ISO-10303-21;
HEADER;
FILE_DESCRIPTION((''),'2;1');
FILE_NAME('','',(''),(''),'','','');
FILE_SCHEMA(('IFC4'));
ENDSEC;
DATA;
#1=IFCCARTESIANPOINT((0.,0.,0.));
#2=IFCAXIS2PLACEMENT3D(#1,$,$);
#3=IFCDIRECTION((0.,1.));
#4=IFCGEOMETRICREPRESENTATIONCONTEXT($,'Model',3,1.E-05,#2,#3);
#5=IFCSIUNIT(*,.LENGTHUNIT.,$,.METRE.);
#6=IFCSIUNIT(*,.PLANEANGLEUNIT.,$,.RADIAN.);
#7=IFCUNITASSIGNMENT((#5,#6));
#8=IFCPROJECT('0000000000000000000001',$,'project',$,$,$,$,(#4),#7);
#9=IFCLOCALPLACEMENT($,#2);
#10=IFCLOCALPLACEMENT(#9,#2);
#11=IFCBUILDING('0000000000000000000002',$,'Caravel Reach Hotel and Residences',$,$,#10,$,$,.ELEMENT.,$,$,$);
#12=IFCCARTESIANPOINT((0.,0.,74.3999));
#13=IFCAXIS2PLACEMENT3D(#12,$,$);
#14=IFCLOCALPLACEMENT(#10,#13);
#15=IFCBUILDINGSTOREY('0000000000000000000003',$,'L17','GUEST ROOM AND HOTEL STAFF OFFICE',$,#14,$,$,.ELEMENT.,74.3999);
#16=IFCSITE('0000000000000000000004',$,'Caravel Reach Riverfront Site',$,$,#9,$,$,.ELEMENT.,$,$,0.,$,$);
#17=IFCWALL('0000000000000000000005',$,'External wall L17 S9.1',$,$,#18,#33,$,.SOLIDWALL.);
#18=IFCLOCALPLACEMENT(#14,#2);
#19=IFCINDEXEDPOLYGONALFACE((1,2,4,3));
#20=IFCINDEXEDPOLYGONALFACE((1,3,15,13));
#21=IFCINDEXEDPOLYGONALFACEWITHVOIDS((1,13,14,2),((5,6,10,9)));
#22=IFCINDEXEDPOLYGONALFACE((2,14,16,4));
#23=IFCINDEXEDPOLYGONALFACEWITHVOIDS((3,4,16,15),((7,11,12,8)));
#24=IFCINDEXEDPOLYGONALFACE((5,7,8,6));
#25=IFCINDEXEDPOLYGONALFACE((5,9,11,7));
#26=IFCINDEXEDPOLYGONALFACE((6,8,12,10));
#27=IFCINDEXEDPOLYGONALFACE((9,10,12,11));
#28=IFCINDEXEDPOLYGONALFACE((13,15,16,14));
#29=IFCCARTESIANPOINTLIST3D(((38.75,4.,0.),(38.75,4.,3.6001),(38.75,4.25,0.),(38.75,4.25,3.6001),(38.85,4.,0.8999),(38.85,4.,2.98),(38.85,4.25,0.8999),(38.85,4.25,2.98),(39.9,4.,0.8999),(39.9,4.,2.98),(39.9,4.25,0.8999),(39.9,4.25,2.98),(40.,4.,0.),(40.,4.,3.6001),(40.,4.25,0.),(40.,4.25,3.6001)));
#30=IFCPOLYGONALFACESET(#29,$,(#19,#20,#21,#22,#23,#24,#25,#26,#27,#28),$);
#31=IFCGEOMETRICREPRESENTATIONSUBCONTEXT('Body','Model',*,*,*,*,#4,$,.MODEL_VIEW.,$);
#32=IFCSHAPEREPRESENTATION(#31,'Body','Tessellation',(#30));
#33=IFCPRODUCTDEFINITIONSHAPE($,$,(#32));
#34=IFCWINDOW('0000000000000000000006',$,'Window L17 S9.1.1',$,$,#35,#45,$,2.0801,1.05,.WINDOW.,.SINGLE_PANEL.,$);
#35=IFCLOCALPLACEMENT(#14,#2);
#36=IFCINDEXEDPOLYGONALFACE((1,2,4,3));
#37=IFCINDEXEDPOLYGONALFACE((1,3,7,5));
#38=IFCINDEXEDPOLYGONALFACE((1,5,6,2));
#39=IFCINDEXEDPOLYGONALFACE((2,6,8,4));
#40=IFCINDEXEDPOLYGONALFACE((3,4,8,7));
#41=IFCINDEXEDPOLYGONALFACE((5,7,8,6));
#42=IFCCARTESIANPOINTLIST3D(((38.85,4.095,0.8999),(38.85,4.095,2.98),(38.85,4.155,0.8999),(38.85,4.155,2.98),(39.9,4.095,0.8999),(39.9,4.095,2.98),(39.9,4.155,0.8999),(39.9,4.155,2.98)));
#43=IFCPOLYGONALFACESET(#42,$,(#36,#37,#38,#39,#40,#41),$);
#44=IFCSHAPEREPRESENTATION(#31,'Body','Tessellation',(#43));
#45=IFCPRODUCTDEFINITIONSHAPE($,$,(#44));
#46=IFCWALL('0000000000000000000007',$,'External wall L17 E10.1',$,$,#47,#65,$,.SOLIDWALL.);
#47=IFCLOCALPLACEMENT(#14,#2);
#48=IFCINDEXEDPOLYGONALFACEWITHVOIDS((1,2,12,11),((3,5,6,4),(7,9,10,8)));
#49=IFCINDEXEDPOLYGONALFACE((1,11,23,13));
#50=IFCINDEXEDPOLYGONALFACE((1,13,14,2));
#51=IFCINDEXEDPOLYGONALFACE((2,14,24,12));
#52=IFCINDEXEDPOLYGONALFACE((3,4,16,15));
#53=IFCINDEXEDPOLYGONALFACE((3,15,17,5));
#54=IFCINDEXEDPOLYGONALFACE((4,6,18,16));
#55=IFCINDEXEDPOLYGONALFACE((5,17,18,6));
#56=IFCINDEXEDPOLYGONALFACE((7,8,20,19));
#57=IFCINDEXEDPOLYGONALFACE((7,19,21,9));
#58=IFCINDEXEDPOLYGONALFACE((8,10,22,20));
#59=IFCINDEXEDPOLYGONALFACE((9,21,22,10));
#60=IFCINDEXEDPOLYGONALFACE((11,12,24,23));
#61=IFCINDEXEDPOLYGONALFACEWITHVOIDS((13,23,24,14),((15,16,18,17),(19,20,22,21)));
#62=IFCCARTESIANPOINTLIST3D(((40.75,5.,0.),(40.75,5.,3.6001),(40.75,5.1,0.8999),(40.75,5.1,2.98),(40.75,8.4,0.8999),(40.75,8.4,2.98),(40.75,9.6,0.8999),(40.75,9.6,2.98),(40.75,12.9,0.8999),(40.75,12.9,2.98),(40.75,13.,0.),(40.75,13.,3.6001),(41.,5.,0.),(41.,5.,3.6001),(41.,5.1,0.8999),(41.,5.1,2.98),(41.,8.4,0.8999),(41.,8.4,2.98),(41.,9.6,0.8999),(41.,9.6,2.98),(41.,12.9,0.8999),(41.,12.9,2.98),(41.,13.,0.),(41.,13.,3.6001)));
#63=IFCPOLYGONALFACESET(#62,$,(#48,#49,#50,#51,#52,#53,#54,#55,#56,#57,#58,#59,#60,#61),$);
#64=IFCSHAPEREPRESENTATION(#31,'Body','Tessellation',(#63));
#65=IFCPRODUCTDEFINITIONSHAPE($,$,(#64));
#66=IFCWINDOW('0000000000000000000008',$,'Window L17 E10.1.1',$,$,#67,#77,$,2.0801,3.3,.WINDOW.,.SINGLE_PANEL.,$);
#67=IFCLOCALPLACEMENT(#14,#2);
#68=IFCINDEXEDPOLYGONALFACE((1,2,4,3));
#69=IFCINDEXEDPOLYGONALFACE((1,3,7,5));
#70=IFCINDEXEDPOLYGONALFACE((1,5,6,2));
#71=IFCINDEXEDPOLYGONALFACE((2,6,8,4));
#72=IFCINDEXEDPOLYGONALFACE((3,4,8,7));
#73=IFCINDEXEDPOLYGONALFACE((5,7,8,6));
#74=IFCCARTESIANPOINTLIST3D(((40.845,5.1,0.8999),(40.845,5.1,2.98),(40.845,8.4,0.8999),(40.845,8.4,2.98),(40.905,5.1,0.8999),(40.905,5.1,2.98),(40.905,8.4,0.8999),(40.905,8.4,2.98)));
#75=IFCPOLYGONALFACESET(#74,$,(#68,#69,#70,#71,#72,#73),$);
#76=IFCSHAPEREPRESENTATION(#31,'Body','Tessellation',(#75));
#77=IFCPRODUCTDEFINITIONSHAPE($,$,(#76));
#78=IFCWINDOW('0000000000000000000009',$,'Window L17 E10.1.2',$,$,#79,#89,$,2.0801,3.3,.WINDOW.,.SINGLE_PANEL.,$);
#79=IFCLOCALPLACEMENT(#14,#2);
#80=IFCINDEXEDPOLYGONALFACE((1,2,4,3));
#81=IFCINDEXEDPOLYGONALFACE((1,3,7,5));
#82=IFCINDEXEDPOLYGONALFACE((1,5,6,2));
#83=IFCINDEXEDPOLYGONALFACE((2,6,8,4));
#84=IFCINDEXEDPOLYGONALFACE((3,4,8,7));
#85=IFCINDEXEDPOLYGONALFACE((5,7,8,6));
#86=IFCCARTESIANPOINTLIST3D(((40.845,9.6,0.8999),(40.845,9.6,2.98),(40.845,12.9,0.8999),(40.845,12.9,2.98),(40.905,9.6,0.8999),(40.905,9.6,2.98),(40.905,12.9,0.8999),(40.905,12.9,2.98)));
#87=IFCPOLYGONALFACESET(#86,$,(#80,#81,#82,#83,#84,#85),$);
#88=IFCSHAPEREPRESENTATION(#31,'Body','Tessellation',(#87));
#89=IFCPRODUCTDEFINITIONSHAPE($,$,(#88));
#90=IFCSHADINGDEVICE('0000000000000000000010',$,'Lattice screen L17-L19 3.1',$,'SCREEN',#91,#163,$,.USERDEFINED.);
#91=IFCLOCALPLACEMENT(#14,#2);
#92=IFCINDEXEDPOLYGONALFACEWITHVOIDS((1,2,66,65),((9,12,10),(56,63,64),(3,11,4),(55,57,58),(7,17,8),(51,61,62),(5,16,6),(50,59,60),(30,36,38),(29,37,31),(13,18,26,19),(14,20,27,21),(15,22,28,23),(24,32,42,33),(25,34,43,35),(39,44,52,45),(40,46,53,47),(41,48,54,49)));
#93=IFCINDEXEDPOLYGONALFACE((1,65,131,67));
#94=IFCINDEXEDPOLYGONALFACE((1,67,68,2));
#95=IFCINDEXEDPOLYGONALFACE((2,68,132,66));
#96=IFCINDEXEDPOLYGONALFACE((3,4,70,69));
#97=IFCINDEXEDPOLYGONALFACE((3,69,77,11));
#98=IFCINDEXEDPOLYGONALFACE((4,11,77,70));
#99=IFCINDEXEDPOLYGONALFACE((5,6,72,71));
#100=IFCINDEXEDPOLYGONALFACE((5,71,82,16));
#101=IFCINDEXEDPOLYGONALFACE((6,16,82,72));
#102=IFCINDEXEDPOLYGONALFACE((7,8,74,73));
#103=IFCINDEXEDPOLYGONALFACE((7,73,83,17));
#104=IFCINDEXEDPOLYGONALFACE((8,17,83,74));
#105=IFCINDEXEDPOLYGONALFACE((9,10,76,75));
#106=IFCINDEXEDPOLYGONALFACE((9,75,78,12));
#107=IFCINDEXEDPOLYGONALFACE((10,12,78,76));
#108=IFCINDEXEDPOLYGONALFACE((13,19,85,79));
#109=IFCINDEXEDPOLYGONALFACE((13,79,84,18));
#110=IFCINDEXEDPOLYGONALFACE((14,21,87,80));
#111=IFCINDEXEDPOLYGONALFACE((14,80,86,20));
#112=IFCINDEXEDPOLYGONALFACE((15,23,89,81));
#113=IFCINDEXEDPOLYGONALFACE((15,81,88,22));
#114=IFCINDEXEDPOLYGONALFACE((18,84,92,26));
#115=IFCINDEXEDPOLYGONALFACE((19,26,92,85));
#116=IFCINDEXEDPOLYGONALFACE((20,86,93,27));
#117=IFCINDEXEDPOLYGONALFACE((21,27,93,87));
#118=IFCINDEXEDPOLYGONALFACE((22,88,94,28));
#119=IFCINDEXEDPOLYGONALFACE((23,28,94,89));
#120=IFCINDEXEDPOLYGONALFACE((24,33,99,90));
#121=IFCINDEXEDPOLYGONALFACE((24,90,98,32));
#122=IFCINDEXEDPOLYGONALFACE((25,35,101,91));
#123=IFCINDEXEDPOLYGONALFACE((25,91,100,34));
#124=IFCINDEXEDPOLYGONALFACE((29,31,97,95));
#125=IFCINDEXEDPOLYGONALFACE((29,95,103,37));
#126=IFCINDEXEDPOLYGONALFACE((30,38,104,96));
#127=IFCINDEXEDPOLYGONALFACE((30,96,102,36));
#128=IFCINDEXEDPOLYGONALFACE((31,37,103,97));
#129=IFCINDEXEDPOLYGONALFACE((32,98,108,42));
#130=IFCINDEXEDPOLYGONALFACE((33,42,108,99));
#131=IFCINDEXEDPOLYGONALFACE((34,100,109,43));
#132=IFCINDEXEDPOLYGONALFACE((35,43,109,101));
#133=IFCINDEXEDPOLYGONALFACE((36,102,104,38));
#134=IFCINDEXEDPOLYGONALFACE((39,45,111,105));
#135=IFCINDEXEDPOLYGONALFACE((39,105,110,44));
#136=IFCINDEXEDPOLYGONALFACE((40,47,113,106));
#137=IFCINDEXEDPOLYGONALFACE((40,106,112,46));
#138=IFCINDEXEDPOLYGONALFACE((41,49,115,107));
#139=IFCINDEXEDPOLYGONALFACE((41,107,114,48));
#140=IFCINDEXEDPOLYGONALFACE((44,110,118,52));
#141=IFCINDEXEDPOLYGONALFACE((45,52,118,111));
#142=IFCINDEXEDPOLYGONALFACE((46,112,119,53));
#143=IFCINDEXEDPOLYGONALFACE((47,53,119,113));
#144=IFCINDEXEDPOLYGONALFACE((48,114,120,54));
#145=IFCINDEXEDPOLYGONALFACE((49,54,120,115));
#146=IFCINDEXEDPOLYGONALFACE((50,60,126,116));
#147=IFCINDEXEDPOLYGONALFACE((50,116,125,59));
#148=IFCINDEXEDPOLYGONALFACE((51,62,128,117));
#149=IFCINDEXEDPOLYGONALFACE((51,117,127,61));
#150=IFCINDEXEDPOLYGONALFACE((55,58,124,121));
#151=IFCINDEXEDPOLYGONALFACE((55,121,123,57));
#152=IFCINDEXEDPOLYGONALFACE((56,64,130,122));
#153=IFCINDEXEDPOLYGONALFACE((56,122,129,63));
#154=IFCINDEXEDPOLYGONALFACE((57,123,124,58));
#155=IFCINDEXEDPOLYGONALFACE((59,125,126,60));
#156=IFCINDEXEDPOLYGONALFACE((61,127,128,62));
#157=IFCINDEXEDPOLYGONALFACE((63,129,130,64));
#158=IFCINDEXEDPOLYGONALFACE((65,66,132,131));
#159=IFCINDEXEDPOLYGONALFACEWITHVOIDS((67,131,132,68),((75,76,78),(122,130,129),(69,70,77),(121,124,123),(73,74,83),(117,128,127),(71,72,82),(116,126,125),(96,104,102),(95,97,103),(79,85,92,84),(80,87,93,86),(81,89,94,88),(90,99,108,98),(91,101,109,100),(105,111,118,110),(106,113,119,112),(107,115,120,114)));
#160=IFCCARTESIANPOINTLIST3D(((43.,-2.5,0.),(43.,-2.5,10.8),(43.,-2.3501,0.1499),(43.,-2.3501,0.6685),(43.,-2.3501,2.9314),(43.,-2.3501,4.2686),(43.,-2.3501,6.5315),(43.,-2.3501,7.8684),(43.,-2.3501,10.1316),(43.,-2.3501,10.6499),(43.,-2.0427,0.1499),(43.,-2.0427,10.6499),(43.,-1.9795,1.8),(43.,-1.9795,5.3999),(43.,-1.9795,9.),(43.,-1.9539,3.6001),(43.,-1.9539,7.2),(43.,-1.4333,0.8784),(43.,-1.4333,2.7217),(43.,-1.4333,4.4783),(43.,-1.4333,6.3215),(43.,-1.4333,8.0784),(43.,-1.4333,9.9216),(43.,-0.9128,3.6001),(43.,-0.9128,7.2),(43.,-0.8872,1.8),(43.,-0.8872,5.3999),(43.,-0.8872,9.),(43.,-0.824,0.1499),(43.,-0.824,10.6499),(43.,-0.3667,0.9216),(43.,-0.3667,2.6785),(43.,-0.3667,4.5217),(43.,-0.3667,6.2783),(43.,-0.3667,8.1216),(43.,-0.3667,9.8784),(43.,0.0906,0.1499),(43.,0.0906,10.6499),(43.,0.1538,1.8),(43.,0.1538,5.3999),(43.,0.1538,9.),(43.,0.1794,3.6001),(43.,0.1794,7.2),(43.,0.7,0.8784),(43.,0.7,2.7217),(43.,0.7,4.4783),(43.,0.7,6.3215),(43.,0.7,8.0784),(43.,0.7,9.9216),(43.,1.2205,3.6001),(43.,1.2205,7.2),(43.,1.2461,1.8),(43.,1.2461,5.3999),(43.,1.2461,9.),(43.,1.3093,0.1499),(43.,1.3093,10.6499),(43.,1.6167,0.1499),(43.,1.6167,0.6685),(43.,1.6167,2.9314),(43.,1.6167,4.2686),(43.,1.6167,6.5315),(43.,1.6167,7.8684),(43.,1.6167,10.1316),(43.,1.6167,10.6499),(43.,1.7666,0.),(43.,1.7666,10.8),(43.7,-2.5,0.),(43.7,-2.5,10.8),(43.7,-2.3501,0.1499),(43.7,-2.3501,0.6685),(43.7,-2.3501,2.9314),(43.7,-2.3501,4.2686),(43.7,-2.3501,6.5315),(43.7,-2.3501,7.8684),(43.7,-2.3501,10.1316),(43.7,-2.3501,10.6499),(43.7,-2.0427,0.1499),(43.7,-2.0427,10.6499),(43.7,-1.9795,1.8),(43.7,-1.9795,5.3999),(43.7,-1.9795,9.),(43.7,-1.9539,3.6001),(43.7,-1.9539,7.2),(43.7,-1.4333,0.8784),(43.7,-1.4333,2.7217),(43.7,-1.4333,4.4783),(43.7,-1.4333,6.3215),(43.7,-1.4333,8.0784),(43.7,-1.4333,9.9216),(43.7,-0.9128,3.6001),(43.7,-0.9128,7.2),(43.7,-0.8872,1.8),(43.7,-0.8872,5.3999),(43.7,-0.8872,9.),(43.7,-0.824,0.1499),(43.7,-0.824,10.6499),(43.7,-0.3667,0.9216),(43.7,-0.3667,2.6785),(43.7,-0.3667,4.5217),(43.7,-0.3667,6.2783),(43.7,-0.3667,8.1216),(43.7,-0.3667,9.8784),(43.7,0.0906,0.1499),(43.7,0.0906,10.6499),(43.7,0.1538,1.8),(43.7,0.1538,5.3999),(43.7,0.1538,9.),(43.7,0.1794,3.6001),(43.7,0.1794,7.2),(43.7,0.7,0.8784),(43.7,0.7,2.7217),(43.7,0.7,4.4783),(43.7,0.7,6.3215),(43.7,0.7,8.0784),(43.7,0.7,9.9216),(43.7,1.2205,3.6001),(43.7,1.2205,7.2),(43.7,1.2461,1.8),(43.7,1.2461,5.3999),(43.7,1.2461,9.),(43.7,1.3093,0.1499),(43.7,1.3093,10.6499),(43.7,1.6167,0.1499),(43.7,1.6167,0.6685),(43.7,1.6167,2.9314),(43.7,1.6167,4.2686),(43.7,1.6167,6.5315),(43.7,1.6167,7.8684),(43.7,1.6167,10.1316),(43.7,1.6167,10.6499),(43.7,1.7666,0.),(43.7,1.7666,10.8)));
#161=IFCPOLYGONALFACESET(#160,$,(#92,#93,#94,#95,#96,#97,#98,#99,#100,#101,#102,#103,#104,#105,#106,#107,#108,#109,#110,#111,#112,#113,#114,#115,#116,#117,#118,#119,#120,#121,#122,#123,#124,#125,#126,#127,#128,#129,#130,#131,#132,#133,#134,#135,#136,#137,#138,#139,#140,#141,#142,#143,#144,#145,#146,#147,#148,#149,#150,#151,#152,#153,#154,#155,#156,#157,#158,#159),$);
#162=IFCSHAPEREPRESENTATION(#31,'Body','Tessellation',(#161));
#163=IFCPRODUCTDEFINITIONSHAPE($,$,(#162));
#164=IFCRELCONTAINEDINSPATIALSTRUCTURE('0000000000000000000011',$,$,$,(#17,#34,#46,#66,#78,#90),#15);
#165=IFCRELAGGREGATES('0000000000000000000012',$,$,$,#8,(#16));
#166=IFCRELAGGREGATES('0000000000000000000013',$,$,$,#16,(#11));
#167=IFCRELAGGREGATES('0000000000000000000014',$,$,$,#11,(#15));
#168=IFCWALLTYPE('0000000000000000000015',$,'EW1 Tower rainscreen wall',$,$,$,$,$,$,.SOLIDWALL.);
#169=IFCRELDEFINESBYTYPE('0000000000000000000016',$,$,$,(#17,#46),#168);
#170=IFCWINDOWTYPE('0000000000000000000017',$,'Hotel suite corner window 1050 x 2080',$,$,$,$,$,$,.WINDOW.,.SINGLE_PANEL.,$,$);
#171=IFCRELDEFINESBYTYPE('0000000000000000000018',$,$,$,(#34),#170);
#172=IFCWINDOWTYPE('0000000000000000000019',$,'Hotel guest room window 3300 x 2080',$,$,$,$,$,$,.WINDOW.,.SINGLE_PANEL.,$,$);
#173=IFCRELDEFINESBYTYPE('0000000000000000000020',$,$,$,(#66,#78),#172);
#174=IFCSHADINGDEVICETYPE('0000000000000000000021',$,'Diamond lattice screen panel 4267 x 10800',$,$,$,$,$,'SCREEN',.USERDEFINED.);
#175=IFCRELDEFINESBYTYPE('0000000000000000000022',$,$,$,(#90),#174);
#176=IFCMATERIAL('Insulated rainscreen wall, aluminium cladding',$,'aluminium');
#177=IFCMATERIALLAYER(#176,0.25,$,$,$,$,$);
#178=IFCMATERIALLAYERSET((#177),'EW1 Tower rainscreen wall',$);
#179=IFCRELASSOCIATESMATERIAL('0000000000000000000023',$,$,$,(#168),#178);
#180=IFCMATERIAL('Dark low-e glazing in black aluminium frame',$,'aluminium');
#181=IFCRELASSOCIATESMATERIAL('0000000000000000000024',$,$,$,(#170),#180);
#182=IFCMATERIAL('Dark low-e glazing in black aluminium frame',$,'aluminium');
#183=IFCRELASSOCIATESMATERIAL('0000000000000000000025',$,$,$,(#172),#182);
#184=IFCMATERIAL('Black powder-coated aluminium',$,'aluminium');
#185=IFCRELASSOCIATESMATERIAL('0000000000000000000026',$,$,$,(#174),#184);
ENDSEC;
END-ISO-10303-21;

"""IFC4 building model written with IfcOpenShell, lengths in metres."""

from ifc_helpers import new_model, si_unit, direction, frame, frame_2d, origin, place, context, subcontext, project, spatial, polyline, rectangle, outline, extrude, material, layer, layer_set, type_object, element, fill, save


model = new_model("IFC4")

# Units and contexts
model_context = context("Model", 3, precision=1e-05, world=origin(), true_north=direction((0.0, 1.0)))
body_context = subcontext(model_context, "Body", "Model", "MODEL_VIEW")
ifc_project = project(units=[si_unit("LENGTHUNIT", "METRE"), si_unit("PLANEANGLEUNIT", "RADIAN")], contexts=[model_context])

# Site, building, storey
site_placement = place(None, origin())
site = spatial("IfcSite", under=ifc_project, at=site_placement, Name="Caravel Reach Riverfront Site", CompositionType="ELEMENT", RefElevation=0.0)
building_placement = place(site_placement, origin())
building = spatial("IfcBuilding", under=site, at=building_placement, Name="Caravel Reach Hotel and Residences", CompositionType="ELEMENT")
storey_placement = place(building_placement, frame((0.0, 0.0, 74.3999)))
storey = spatial("IfcBuildingStorey", under=building, at=storey_placement, Name="L17", Description="GUEST ROOM AND HOTEL STAFF OFFICE", CompositionType="ELEMENT", Elevation=74.3999)

# Wall, opening, window
ifc_material_1 = material(Name="Insulated rainscreen wall, aluminium cladding", Category="aluminium")
ifc_layer = layer(ifc_material_1, 0.25)
ifc_layer_set = layer_set([ifc_layer], Name="EW1 Tower rainscreen wall")
wall_type = type_object("IfcWallType", Name="EW1 Tower rainscreen wall", PredefinedType="SOLIDWALL", material=ifc_layer_set)
ifc_material_2 = material(Name="Dark low-e glazing in black aluminium frame", Category="aluminium")
window_type_1 = type_object("IfcWindowType", Name="Hotel suite corner window 1050 x 2080", PartitioningType="SINGLE_PANEL", PredefinedType="WINDOW", material=ifc_material_2)
wall_1_placement = place(storey_placement, frame((38.75, 4.125, 0.0), z_axis=(0.0, 0.0, 1.0), x_axis=(1.0, 0.0, 0.0)))
wall_1 = element("IfcWall", 1, at=wall_1_placement, inside=storey, type_object=wall_type, Name="External wall L17 S9.1", PredefinedType="SOLIDWALL", context=body_context, shape_type="SweptSolid", body=[
    extrude(rectangle(XDim=1.25, YDim=0.25, at=frame_2d((0.625, 0.0))), origin(), (0.0, 0.0, 1.0), 3.6001),
])
opening_1_placement = place(wall_1_placement, frame((0.1001, 0.0, 0.8999)))
opening_1 = element("IfcOpeningElement", 2, at=opening_1_placement, cuts=wall_1, PredefinedType="OPENING", context=body_context, shape_type="SweptSolid", body=[
    extrude(rectangle(XDim=1.05, YDim=2.0801, at=frame_2d((0.5249, 1.04))), frame((0.0, 0.135, 0.0), z_axis=(0.0, -1.0, 0.0), x_axis=(1.0, 0.0, 0.0)), (0.0, 0.0, 1.0), 0.27),
])
window_1_placement = place(opening_1_placement, origin())
window_1 = element("IfcWindow", 3, at=window_1_placement, inside=storey, type_object=window_type_1, Name="Window L17 S9.1.1", OverallHeight=2.0801, OverallWidth=1.05, PartitioningType="SINGLE_PANEL", PredefinedType="WINDOW", context=body_context, shape_type="SweptSolid", body=[
    extrude(rectangle(XDim=1.05, YDim=2.0801, at=frame_2d((0.5249, 1.04))), frame((0.0, 0.03, 0.0), z_axis=(0.0, -1.0, 0.0), x_axis=(1.0, 0.0, 0.0)), (0.0, 0.0, 1.0), 0.0601),
])
fill(opening_1, window_1)

# Wall, openings, windows
wall_2_placement = place(storey_placement, frame((40.875, 5.0, 0.0), z_axis=(0.0, 0.0, 1.0), x_axis=(0.0, 1.0, 0.0)))
wall_2 = element("IfcWall", 4, at=wall_2_placement, inside=storey, type_object=wall_type, Name="External wall L17 E10.1", PredefinedType="SOLIDWALL", context=body_context, shape_type="SweptSolid", body=[
    extrude(rectangle(XDim=8.0, YDim=0.25, at=frame_2d((4.0, 0.0))), origin(), (0.0, 0.0, 1.0), 3.6001),
])
opening_2_placement = place(wall_2_placement, frame((0.1001, 0.0, 0.8999)))
opening_2 = element("IfcOpeningElement", 5, at=opening_2_placement, cuts=wall_2, PredefinedType="OPENING", context=body_context, shape_type="SweptSolid", body=[
    extrude(rectangle(XDim=3.3, YDim=2.0801, at=frame_2d((1.6499, 1.04))), frame((0.0, 0.135, 0.0), z_axis=(0.0, -1.0, 0.0), x_axis=(1.0, 0.0, 0.0)), (0.0, 0.0, 1.0), 0.27),
])
opening_3_placement = place(wall_2_placement, frame((4.6001, 0.0, 0.8999)))
opening_3 = element("IfcOpeningElement", 6, at=opening_3_placement, cuts=wall_2, PredefinedType="OPENING", context=body_context, shape_type="SweptSolid", body=[
    extrude(rectangle(XDim=3.3, YDim=2.0801, at=frame_2d((1.6499, 1.04))), frame((0.0, 0.135, 0.0), z_axis=(0.0, -1.0, 0.0), x_axis=(1.0, 0.0, 0.0)), (0.0, 0.0, 1.0), 0.27),
])
ifc_material_3 = material(Name="Dark low-e glazing in black aluminium frame", Category="aluminium")
window_type_2 = type_object("IfcWindowType", Name="Hotel guest room window 3300 x 2080", PartitioningType="SINGLE_PANEL", PredefinedType="WINDOW", material=ifc_material_3)
window_2_placement = place(opening_2_placement, origin())
window_2 = element("IfcWindow", 7, at=window_2_placement, inside=storey, type_object=window_type_2, Name="Window L17 E10.1.1", OverallHeight=2.0801, OverallWidth=3.3, PartitioningType="SINGLE_PANEL", PredefinedType="WINDOW", context=body_context, shape_type="SweptSolid", body=[
    extrude(rectangle(XDim=3.3, YDim=2.0801, at=frame_2d((1.6499, 1.04))), frame((0.0, 0.03, 0.0), z_axis=(0.0, -1.0, 0.0), x_axis=(1.0, 0.0, 0.0)), (0.0, 0.0, 1.0), 0.0601),
])
fill(opening_2, window_2)
window_3_placement = place(opening_3_placement, origin())
window_3 = element("IfcWindow", 8, at=window_3_placement, inside=storey, type_object=window_type_2, Name="Window L17 E10.1.2", OverallHeight=2.0801, OverallWidth=3.3, PartitioningType="SINGLE_PANEL", PredefinedType="WINDOW", context=body_context, shape_type="SweptSolid", body=[
    extrude(rectangle(XDim=3.3, YDim=2.0801, at=frame_2d((1.6499, 1.04))), frame((0.0, 0.03, 0.0), z_axis=(0.0, -1.0, 0.0), x_axis=(1.0, 0.0, 0.0)), (0.0, 0.0, 1.0), 0.0601),
])
fill(opening_3, window_3)

# Shading device
ifc_material_4 = material(Name="Black powder-coated aluminium", Category="aluminium")
shading_device_type = type_object("IfcShadingDeviceType", Name="Diamond lattice screen panel 4267 x 10800", ElementType="SCREEN", PredefinedType="USERDEFINED", material=ifc_material_4)
shading_device_1_placement = place(storey_placement, frame((43.0, -2.5, 0.0), z_axis=(1.0, 0.0, 0.0), x_axis=(0.0, 1.0, 0.0)))
element("IfcShadingDevice", 9, at=shading_device_1_placement, inside=storey, type_object=shading_device_type, Name="Lattice screen L17-L19 3.1", ObjectType="SCREEN", PredefinedType="USERDEFINED", context=body_context, shape_type="SweptSolid", body=[
    extrude(outline(polyline([(0.0, 0.0), (4.2666, 0.0), (4.2666, 10.8), (0.0, 10.8), (0.0, 0.0)]), holes=[polyline([(0.4573, 0.1499), (0.1499, 0.6685), (0.1499, 0.1499), (0.4573, 0.1499)]), polyline([(0.5461, 3.6001), (0.1499, 4.2686), (0.1499, 2.9314), (0.5461, 3.6001)]), polyline([(0.5461, 7.2), (0.1499, 7.8684), (0.1499, 6.5315), (0.5461, 7.2)]), polyline([(0.1499, 10.1316), (0.4573, 10.6499), (0.1499, 10.6499), (0.1499, 10.1316)]), polyline([(1.0667, 2.7217), (0.5205, 1.8), (1.0667, 0.8784), (1.6128, 1.8), (1.0667, 2.7217)]), polyline([(1.0667, 6.3215), (0.5205, 5.3999), (1.0667, 4.4783), (1.6128, 5.3999), (1.0667, 6.3215)]), polyline([(1.0667, 9.9216), (0.5205, 9.0), (1.0667, 8.0784), (1.6128, 9.0), (1.0667, 9.9216)]), polyline([(2.1333, 0.9216), (1.676, 0.1499), (2.5906, 0.1499), (2.1333, 0.9216)]), polyline([(2.1333, 4.5217), (1.5872, 3.6001), (2.1333, 2.6785), (2.6794, 3.6001), (2.1333, 4.5217)]), polyline([(2.1333, 8.1216), (1.5872, 7.2), (2.1333, 6.2783), (2.6794, 7.2), (2.1333, 8.1216)]), polyline([(2.1333, 9.8784), (2.5906, 10.6499), (1.676, 10.6499), (2.1333, 9.8784)]), polyline([(3.2, 2.7217), (2.6538, 1.8), (3.2, 0.8784), (3.7461, 1.8), (3.2, 2.7217)]), polyline([(3.2, 6.3215), (2.6538, 5.3999), (3.2, 4.4783), (3.7461, 5.3999), (3.2, 6.3215)]), polyline([(3.2, 9.9216), (2.6538, 9.0), (3.2, 8.0784), (3.7461, 9.0), (3.2, 9.9216)]), polyline([(4.1167, 0.6685), (3.8093, 0.1499), (4.1167, 0.1499), (4.1167, 0.6685)]), polyline([(3.7205, 3.6001), (4.1167, 2.9314), (4.1167, 4.2686), (3.7205, 3.6001)]), polyline([(3.7205, 7.2), (4.1167, 6.5315), (4.1167, 7.8684), (3.7205, 7.2)]), polyline([(3.8093, 10.6499), (4.1167, 10.1316), (4.1167, 10.6499), (3.8093, 10.6499)])]), origin(), (0.0, 0.0, 1.0), 0.7),
])

save(model, "model.ifc")
